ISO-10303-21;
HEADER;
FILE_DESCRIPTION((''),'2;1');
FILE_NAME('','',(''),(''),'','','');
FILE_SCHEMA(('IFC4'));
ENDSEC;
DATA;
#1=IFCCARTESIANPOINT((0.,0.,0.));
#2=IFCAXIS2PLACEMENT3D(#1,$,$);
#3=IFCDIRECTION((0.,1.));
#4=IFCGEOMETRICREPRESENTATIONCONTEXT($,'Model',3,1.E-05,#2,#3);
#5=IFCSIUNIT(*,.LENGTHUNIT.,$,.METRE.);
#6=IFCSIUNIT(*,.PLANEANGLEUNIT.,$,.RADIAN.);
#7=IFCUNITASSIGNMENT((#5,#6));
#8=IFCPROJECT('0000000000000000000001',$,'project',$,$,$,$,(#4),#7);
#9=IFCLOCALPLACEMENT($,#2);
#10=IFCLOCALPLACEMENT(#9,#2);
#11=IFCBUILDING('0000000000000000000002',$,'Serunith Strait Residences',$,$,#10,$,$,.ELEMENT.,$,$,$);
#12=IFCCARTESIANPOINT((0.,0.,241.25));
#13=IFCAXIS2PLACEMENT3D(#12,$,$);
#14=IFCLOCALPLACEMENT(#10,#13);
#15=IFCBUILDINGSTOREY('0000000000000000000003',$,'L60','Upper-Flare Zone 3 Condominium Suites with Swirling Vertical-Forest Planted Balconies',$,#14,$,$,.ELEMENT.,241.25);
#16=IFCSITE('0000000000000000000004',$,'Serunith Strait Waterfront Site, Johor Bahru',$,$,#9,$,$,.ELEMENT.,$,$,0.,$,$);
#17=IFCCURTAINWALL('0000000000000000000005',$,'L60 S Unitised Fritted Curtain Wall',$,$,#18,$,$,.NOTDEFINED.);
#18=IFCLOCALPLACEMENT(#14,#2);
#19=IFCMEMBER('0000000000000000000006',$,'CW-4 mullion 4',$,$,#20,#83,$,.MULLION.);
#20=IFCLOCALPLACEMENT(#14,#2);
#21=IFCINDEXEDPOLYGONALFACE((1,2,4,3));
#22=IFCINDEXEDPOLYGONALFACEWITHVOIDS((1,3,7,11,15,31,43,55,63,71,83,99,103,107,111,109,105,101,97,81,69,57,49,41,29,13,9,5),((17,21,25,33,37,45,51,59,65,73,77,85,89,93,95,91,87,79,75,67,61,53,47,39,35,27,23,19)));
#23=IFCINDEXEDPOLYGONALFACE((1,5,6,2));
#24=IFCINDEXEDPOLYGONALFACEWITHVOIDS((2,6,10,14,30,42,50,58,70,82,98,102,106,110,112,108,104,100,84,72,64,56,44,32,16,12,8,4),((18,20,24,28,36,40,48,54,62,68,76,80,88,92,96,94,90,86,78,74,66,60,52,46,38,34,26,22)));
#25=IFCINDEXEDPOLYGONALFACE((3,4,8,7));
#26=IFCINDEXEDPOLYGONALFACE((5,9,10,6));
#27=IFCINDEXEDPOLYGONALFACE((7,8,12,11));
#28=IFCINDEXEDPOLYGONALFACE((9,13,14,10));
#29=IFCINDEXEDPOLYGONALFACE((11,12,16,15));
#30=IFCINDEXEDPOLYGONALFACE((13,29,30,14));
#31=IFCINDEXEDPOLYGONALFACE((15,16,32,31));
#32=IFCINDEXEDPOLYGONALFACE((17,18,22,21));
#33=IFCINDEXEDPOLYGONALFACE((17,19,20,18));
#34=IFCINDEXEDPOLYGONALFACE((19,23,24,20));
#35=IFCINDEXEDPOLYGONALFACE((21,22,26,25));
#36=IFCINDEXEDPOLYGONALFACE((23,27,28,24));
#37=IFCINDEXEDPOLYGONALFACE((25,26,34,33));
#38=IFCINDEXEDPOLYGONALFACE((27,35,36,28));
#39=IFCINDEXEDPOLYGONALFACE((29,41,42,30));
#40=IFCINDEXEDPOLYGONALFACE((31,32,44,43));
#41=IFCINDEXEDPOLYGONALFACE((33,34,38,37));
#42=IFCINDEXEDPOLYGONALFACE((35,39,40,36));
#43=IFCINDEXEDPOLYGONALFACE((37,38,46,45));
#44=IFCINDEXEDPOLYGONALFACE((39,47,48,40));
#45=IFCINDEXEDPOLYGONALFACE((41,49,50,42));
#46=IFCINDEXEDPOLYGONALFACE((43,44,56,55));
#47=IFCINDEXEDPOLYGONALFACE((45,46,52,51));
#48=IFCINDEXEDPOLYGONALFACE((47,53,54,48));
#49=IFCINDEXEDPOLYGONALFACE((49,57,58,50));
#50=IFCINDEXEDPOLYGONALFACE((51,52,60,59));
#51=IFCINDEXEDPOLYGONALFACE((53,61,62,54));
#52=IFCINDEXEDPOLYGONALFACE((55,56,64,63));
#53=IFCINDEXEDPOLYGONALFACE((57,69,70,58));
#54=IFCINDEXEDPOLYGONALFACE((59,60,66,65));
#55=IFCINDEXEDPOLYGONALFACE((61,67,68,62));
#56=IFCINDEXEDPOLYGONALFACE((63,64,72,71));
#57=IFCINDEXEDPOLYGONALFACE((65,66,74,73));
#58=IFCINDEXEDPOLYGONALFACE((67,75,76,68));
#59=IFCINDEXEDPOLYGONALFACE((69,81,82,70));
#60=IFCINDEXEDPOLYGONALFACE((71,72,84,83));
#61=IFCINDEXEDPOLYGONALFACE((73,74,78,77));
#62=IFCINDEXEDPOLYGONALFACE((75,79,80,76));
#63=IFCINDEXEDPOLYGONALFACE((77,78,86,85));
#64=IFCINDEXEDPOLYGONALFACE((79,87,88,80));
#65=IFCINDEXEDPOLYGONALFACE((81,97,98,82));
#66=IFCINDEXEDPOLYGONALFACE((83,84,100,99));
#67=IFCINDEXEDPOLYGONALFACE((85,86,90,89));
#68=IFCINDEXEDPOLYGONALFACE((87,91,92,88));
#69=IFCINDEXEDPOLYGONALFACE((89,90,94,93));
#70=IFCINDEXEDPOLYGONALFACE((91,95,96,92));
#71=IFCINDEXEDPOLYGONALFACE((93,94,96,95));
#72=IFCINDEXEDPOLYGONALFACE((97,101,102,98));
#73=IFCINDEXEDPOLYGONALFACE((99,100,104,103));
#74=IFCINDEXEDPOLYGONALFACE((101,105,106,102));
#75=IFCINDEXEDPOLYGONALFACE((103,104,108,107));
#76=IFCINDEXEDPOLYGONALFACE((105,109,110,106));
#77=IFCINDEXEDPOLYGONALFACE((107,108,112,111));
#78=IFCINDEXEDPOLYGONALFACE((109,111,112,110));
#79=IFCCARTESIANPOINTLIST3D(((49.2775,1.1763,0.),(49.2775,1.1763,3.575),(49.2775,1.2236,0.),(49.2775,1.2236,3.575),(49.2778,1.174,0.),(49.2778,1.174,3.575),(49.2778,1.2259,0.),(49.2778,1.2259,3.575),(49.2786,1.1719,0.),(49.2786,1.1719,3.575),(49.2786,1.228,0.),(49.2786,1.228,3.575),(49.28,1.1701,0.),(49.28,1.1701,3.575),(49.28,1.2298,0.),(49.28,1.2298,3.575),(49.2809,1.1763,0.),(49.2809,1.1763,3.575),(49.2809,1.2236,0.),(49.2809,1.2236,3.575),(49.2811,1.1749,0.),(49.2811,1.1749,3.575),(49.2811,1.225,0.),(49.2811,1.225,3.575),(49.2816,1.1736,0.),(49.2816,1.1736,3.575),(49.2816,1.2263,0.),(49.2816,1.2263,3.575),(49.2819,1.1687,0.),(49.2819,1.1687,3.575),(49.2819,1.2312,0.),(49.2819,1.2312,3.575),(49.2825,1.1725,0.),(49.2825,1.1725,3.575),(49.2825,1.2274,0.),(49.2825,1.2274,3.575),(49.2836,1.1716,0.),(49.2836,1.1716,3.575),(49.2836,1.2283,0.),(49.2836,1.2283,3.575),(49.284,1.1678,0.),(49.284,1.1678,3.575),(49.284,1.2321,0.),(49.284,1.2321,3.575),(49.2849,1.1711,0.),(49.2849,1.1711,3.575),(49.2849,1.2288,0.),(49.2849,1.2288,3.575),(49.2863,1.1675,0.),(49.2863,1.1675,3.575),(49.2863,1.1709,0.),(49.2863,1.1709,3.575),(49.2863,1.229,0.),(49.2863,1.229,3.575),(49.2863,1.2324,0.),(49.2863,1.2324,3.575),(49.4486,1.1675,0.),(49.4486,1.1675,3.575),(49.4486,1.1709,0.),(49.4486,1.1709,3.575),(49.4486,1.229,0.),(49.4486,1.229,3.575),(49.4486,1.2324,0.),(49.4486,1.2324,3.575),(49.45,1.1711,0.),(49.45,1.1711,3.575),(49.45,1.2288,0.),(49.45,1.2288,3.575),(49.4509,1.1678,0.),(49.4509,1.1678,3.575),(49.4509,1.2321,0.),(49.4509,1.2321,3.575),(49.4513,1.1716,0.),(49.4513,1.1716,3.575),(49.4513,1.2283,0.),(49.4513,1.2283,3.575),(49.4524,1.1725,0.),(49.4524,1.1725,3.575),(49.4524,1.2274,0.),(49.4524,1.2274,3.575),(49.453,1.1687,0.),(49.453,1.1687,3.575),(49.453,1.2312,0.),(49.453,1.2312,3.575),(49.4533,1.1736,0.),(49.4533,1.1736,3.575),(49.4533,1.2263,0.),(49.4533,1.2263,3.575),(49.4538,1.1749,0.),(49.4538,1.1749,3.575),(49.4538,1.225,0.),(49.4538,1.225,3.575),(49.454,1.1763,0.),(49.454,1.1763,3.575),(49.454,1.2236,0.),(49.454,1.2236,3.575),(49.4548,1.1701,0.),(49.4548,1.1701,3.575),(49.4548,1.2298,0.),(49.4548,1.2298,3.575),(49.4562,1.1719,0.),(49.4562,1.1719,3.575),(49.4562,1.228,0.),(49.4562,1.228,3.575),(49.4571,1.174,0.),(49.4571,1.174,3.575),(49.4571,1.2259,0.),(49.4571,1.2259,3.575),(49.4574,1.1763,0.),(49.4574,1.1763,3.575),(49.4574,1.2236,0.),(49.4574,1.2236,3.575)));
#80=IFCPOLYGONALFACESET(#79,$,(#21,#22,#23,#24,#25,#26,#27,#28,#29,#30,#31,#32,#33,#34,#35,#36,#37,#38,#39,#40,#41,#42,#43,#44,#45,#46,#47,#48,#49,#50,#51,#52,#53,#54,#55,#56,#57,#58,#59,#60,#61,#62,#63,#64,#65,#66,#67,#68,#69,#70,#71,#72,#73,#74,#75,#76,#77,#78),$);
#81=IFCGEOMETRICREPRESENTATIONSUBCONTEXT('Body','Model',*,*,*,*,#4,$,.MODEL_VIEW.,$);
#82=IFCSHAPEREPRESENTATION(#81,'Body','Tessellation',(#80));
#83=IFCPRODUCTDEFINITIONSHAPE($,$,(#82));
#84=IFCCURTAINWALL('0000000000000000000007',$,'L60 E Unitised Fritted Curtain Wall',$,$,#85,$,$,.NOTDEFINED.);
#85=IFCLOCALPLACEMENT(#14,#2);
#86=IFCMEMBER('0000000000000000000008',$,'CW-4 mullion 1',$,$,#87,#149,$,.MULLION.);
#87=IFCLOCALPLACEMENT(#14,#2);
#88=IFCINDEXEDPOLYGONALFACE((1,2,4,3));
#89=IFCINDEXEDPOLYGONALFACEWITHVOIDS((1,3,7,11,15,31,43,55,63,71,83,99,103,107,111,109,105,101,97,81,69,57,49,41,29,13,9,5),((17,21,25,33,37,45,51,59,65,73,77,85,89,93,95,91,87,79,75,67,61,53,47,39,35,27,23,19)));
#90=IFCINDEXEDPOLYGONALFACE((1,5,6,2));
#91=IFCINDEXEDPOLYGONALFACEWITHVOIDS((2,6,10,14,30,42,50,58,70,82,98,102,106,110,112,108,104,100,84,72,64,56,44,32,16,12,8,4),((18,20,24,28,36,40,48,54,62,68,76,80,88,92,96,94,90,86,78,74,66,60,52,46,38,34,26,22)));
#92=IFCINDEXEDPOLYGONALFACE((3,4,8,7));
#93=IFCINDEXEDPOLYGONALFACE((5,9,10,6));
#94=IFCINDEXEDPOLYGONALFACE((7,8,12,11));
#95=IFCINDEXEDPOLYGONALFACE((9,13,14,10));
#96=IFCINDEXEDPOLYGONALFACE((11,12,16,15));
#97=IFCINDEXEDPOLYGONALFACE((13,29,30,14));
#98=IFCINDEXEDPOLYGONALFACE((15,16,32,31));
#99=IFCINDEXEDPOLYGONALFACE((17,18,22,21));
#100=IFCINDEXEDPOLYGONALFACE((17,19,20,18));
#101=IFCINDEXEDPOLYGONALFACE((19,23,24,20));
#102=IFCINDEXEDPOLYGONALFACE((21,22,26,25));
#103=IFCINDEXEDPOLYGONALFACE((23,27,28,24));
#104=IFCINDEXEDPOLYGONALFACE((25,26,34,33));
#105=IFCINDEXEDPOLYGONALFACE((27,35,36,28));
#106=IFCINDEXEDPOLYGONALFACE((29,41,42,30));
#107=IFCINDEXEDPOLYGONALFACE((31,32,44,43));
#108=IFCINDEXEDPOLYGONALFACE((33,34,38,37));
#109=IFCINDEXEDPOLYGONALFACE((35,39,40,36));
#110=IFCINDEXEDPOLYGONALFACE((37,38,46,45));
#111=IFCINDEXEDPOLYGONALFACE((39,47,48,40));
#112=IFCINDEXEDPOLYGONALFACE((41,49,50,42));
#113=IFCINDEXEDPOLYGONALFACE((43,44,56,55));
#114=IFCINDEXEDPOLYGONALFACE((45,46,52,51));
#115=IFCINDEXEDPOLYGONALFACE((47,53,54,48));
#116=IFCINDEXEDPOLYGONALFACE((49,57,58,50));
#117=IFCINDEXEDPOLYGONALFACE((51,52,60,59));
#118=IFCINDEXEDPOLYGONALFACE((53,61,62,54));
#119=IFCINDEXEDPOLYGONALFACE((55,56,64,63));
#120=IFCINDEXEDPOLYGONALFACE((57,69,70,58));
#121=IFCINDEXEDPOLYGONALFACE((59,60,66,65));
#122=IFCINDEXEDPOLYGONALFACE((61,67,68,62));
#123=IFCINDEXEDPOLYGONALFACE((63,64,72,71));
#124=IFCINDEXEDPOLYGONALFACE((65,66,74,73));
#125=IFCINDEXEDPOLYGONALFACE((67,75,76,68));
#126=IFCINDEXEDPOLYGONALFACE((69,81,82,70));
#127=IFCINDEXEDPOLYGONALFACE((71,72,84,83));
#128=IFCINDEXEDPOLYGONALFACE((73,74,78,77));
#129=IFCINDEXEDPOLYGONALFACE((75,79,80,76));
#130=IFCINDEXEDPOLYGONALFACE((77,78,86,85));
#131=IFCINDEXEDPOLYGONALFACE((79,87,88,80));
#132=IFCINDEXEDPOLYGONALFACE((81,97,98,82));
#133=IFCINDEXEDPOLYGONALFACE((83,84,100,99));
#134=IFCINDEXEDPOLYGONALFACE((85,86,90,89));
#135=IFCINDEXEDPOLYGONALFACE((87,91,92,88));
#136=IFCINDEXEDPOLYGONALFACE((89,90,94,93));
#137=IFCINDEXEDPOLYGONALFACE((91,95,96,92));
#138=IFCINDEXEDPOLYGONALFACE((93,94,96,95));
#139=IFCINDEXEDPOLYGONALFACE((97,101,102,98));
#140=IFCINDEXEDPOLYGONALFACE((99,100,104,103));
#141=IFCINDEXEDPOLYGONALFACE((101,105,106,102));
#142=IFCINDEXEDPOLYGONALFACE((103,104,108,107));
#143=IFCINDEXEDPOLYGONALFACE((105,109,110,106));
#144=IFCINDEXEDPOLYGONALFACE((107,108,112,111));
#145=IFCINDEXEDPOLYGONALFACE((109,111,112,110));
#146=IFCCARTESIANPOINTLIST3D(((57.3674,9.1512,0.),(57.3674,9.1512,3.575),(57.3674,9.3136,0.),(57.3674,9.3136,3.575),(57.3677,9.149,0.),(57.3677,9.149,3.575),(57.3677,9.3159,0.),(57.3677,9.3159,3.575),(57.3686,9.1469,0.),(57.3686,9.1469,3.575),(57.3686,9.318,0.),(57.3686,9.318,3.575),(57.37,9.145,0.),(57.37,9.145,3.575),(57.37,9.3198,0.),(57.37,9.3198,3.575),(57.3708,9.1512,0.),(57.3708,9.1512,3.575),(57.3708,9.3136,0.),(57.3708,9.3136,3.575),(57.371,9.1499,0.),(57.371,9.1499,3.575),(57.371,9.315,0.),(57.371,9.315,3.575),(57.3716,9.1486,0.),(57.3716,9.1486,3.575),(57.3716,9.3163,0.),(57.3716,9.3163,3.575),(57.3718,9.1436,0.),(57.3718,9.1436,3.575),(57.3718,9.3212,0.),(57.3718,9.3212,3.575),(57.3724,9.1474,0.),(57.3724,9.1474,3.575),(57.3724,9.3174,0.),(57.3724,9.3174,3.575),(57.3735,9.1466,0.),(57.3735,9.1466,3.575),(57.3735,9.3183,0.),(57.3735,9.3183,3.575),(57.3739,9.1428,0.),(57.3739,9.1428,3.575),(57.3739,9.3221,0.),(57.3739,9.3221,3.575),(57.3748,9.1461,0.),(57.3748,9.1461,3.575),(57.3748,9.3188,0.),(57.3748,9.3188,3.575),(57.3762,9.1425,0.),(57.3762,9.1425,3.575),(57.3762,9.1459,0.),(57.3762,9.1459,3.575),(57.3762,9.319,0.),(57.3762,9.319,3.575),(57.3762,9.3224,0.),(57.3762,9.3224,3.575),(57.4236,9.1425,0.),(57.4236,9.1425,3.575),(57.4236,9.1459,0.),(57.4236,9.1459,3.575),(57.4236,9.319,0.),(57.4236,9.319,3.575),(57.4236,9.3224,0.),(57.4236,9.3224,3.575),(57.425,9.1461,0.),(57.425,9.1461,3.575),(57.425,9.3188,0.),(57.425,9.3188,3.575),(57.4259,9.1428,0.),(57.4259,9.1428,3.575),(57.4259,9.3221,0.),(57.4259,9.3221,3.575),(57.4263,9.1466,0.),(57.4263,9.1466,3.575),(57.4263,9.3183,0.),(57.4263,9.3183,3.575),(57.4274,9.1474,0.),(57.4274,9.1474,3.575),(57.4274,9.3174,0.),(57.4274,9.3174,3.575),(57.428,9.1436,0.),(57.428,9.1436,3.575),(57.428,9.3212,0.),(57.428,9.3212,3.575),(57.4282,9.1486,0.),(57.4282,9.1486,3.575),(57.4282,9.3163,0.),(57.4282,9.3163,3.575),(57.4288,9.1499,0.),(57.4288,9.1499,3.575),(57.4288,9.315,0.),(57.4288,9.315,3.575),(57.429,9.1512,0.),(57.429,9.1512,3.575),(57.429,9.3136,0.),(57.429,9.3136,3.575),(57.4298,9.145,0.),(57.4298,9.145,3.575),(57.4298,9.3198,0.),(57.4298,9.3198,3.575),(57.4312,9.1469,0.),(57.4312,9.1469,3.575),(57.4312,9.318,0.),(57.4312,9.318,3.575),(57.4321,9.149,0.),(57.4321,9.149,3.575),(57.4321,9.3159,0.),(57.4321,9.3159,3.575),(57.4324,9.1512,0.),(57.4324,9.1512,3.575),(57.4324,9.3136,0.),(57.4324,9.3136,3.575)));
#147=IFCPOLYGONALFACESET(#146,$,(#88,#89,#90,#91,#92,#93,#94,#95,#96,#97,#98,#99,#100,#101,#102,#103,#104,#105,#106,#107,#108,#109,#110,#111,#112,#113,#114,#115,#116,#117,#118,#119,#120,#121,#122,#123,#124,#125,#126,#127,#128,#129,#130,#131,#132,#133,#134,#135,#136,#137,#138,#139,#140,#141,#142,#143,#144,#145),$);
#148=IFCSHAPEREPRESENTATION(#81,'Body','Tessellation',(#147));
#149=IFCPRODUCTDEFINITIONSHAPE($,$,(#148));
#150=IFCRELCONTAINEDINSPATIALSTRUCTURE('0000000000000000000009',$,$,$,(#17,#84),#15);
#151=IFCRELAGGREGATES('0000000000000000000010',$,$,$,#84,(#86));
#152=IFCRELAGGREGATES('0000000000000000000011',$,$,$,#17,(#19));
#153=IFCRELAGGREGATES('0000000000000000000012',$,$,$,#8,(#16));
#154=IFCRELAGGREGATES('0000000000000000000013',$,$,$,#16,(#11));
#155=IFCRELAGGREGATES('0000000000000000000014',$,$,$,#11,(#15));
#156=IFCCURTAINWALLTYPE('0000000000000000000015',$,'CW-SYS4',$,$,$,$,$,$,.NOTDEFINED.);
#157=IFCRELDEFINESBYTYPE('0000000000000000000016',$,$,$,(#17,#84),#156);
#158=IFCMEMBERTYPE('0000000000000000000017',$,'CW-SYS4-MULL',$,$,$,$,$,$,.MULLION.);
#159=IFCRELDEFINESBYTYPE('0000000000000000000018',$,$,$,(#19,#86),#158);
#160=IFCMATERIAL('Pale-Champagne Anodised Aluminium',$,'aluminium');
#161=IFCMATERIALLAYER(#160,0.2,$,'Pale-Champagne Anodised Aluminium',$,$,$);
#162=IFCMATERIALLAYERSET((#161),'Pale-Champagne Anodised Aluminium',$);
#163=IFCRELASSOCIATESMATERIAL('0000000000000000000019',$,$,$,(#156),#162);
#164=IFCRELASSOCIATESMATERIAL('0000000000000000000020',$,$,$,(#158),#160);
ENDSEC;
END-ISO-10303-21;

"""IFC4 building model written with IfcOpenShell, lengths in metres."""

from ifc_helpers import new_model, si_unit, direction, frame, origin, origin_2d, place, context, subcontext, project, spatial, hollow_rectangle, extrude, source, transform, mapped, material, layer, layer_set, material_profile, profile_set, type_object, element, aggregate, save


model = new_model("IFC4")

# Units and contexts
model_context = context("Model", 3, precision=1e-05, world=origin(), true_north=direction((0.0, 1.0)))
body_context = subcontext(model_context, "Body", "Model", "MODEL_VIEW")
ifc_project = project(units=[si_unit("LENGTHUNIT", "METRE"), si_unit("PLANEANGLEUNIT", "RADIAN")], contexts=[model_context])

# Site, building, storey
site_placement = place(None, origin())
site = spatial("IfcSite", under=ifc_project, at=site_placement, Name="Serunith Strait Waterfront Site, Johor Bahru", CompositionType="ELEMENT", RefElevation=0.0)
building_placement = place(site_placement, origin())
building = spatial("IfcBuilding", under=site, at=building_placement, Name="Serunith Strait Residences", CompositionType="ELEMENT")
storey_placement = place(building_placement, frame((0.0, 0.0, 241.25)))
storey = spatial("IfcBuildingStorey", under=building, at=storey_placement, Name="L60", Description="Upper-Flare Zone 3 Condominium Suites with Swirling Vertical-Forest Planted Balconies", CompositionType="ELEMENT", Elevation=241.25)

# Curtain walls, members
ifc_material_1 = material(Name="Pale-Champagne Anodised Aluminium", Category="aluminium")
ifc_layer_1 = layer(ifc_material_1, 0.2, Name="Pale-Champagne Anodised Aluminium")
ifc_layer_set_1 = layer_set([ifc_layer_1], Name="Pale-Champagne Anodised Aluminium")
curtain_wall_type = type_object("IfcCurtainWallType", Name="CW-SYS4", PredefinedType="NOTDEFINED", material=ifc_layer_set_1)
curtain_wall_1_placement = place(storey_placement, origin())
curtain_wall_1 = element("IfcCurtainWall", 1, at=curtain_wall_1_placement, inside=storey, type_object=curtain_wall_type, Name="L60 S Unitised Fritted Curtain Wall", PredefinedType="NOTDEFINED")
ifc_material_profile_1 = material_profile(ifc_material_1, hollow_rectangle(XDim=0.0649, YDim=0.1799, WallThickness=0.0034, InnerFilletRadius=0.0054, OuterFilletRadius=0.0088, at=origin_2d()), Name="ALU 180x65x3.5")
ifc_profile_set_1 = profile_set([ifc_material_profile_1], Name="Pale-Champagne Anodised Aluminium")
member_type_1 = type_object("IfcMemberType", Name="CW-SYS4-MULL", PredefinedType="MULLION", material=ifc_profile_set_1)
shared_shape_1 = source(origin(), body_context, "Body", "SweptSolid", [
    extrude(hollow_rectangle(XDim=0.0649, YDim=0.1799, WallThickness=0.0034, InnerFilletRadius=0.0054, OuterFilletRadius=0.0088, at=origin_2d()), origin(), (0.0, 0.0, 1.0), 3.575),
])
member_1_placement = place(storey_placement, frame((49.3674, 1.2, 0.0), z_axis=(0.0, 0.0, 1.0), x_axis=(0.0, 1.0, 0.0)))
member_1 = element("IfcMember", 2, at=member_1_placement, type_object=member_type_1, Name="CW-4 mullion 4", PredefinedType="MULLION", context=body_context, shape_type="MappedRepresentation", body=[
    mapped(shared_shape_1, transform((0.0, 0.0, 0.0), scale=1.0)),
])
curtain_wall_2_placement = place(storey_placement, origin())
curtain_wall_2 = element("IfcCurtainWall", 3, at=curtain_wall_2_placement, inside=storey, type_object=curtain_wall_type, Name="L60 E Unitised Fritted Curtain Wall", PredefinedType="NOTDEFINED")
member_2_placement = place(storey_placement, frame((57.3999, 9.2324, 0.0), z_axis=(0.0, 0.0, 1.0), x_axis=(-1.0, 0.0, 0.0)))
member_2 = element("IfcMember", 4, at=member_2_placement, type_object=member_type_1, Name="CW-4 mullion 1", PredefinedType="MULLION", context=body_context, shape_type="MappedRepresentation", body=[
    mapped(shared_shape_1, transform((0.0, 0.0, 0.0), scale=1.0)),
])
aggregate(curtain_wall_2, [member_2])

aggregate(curtain_wall_1, [member_1])

save(model, "model.ifc")
